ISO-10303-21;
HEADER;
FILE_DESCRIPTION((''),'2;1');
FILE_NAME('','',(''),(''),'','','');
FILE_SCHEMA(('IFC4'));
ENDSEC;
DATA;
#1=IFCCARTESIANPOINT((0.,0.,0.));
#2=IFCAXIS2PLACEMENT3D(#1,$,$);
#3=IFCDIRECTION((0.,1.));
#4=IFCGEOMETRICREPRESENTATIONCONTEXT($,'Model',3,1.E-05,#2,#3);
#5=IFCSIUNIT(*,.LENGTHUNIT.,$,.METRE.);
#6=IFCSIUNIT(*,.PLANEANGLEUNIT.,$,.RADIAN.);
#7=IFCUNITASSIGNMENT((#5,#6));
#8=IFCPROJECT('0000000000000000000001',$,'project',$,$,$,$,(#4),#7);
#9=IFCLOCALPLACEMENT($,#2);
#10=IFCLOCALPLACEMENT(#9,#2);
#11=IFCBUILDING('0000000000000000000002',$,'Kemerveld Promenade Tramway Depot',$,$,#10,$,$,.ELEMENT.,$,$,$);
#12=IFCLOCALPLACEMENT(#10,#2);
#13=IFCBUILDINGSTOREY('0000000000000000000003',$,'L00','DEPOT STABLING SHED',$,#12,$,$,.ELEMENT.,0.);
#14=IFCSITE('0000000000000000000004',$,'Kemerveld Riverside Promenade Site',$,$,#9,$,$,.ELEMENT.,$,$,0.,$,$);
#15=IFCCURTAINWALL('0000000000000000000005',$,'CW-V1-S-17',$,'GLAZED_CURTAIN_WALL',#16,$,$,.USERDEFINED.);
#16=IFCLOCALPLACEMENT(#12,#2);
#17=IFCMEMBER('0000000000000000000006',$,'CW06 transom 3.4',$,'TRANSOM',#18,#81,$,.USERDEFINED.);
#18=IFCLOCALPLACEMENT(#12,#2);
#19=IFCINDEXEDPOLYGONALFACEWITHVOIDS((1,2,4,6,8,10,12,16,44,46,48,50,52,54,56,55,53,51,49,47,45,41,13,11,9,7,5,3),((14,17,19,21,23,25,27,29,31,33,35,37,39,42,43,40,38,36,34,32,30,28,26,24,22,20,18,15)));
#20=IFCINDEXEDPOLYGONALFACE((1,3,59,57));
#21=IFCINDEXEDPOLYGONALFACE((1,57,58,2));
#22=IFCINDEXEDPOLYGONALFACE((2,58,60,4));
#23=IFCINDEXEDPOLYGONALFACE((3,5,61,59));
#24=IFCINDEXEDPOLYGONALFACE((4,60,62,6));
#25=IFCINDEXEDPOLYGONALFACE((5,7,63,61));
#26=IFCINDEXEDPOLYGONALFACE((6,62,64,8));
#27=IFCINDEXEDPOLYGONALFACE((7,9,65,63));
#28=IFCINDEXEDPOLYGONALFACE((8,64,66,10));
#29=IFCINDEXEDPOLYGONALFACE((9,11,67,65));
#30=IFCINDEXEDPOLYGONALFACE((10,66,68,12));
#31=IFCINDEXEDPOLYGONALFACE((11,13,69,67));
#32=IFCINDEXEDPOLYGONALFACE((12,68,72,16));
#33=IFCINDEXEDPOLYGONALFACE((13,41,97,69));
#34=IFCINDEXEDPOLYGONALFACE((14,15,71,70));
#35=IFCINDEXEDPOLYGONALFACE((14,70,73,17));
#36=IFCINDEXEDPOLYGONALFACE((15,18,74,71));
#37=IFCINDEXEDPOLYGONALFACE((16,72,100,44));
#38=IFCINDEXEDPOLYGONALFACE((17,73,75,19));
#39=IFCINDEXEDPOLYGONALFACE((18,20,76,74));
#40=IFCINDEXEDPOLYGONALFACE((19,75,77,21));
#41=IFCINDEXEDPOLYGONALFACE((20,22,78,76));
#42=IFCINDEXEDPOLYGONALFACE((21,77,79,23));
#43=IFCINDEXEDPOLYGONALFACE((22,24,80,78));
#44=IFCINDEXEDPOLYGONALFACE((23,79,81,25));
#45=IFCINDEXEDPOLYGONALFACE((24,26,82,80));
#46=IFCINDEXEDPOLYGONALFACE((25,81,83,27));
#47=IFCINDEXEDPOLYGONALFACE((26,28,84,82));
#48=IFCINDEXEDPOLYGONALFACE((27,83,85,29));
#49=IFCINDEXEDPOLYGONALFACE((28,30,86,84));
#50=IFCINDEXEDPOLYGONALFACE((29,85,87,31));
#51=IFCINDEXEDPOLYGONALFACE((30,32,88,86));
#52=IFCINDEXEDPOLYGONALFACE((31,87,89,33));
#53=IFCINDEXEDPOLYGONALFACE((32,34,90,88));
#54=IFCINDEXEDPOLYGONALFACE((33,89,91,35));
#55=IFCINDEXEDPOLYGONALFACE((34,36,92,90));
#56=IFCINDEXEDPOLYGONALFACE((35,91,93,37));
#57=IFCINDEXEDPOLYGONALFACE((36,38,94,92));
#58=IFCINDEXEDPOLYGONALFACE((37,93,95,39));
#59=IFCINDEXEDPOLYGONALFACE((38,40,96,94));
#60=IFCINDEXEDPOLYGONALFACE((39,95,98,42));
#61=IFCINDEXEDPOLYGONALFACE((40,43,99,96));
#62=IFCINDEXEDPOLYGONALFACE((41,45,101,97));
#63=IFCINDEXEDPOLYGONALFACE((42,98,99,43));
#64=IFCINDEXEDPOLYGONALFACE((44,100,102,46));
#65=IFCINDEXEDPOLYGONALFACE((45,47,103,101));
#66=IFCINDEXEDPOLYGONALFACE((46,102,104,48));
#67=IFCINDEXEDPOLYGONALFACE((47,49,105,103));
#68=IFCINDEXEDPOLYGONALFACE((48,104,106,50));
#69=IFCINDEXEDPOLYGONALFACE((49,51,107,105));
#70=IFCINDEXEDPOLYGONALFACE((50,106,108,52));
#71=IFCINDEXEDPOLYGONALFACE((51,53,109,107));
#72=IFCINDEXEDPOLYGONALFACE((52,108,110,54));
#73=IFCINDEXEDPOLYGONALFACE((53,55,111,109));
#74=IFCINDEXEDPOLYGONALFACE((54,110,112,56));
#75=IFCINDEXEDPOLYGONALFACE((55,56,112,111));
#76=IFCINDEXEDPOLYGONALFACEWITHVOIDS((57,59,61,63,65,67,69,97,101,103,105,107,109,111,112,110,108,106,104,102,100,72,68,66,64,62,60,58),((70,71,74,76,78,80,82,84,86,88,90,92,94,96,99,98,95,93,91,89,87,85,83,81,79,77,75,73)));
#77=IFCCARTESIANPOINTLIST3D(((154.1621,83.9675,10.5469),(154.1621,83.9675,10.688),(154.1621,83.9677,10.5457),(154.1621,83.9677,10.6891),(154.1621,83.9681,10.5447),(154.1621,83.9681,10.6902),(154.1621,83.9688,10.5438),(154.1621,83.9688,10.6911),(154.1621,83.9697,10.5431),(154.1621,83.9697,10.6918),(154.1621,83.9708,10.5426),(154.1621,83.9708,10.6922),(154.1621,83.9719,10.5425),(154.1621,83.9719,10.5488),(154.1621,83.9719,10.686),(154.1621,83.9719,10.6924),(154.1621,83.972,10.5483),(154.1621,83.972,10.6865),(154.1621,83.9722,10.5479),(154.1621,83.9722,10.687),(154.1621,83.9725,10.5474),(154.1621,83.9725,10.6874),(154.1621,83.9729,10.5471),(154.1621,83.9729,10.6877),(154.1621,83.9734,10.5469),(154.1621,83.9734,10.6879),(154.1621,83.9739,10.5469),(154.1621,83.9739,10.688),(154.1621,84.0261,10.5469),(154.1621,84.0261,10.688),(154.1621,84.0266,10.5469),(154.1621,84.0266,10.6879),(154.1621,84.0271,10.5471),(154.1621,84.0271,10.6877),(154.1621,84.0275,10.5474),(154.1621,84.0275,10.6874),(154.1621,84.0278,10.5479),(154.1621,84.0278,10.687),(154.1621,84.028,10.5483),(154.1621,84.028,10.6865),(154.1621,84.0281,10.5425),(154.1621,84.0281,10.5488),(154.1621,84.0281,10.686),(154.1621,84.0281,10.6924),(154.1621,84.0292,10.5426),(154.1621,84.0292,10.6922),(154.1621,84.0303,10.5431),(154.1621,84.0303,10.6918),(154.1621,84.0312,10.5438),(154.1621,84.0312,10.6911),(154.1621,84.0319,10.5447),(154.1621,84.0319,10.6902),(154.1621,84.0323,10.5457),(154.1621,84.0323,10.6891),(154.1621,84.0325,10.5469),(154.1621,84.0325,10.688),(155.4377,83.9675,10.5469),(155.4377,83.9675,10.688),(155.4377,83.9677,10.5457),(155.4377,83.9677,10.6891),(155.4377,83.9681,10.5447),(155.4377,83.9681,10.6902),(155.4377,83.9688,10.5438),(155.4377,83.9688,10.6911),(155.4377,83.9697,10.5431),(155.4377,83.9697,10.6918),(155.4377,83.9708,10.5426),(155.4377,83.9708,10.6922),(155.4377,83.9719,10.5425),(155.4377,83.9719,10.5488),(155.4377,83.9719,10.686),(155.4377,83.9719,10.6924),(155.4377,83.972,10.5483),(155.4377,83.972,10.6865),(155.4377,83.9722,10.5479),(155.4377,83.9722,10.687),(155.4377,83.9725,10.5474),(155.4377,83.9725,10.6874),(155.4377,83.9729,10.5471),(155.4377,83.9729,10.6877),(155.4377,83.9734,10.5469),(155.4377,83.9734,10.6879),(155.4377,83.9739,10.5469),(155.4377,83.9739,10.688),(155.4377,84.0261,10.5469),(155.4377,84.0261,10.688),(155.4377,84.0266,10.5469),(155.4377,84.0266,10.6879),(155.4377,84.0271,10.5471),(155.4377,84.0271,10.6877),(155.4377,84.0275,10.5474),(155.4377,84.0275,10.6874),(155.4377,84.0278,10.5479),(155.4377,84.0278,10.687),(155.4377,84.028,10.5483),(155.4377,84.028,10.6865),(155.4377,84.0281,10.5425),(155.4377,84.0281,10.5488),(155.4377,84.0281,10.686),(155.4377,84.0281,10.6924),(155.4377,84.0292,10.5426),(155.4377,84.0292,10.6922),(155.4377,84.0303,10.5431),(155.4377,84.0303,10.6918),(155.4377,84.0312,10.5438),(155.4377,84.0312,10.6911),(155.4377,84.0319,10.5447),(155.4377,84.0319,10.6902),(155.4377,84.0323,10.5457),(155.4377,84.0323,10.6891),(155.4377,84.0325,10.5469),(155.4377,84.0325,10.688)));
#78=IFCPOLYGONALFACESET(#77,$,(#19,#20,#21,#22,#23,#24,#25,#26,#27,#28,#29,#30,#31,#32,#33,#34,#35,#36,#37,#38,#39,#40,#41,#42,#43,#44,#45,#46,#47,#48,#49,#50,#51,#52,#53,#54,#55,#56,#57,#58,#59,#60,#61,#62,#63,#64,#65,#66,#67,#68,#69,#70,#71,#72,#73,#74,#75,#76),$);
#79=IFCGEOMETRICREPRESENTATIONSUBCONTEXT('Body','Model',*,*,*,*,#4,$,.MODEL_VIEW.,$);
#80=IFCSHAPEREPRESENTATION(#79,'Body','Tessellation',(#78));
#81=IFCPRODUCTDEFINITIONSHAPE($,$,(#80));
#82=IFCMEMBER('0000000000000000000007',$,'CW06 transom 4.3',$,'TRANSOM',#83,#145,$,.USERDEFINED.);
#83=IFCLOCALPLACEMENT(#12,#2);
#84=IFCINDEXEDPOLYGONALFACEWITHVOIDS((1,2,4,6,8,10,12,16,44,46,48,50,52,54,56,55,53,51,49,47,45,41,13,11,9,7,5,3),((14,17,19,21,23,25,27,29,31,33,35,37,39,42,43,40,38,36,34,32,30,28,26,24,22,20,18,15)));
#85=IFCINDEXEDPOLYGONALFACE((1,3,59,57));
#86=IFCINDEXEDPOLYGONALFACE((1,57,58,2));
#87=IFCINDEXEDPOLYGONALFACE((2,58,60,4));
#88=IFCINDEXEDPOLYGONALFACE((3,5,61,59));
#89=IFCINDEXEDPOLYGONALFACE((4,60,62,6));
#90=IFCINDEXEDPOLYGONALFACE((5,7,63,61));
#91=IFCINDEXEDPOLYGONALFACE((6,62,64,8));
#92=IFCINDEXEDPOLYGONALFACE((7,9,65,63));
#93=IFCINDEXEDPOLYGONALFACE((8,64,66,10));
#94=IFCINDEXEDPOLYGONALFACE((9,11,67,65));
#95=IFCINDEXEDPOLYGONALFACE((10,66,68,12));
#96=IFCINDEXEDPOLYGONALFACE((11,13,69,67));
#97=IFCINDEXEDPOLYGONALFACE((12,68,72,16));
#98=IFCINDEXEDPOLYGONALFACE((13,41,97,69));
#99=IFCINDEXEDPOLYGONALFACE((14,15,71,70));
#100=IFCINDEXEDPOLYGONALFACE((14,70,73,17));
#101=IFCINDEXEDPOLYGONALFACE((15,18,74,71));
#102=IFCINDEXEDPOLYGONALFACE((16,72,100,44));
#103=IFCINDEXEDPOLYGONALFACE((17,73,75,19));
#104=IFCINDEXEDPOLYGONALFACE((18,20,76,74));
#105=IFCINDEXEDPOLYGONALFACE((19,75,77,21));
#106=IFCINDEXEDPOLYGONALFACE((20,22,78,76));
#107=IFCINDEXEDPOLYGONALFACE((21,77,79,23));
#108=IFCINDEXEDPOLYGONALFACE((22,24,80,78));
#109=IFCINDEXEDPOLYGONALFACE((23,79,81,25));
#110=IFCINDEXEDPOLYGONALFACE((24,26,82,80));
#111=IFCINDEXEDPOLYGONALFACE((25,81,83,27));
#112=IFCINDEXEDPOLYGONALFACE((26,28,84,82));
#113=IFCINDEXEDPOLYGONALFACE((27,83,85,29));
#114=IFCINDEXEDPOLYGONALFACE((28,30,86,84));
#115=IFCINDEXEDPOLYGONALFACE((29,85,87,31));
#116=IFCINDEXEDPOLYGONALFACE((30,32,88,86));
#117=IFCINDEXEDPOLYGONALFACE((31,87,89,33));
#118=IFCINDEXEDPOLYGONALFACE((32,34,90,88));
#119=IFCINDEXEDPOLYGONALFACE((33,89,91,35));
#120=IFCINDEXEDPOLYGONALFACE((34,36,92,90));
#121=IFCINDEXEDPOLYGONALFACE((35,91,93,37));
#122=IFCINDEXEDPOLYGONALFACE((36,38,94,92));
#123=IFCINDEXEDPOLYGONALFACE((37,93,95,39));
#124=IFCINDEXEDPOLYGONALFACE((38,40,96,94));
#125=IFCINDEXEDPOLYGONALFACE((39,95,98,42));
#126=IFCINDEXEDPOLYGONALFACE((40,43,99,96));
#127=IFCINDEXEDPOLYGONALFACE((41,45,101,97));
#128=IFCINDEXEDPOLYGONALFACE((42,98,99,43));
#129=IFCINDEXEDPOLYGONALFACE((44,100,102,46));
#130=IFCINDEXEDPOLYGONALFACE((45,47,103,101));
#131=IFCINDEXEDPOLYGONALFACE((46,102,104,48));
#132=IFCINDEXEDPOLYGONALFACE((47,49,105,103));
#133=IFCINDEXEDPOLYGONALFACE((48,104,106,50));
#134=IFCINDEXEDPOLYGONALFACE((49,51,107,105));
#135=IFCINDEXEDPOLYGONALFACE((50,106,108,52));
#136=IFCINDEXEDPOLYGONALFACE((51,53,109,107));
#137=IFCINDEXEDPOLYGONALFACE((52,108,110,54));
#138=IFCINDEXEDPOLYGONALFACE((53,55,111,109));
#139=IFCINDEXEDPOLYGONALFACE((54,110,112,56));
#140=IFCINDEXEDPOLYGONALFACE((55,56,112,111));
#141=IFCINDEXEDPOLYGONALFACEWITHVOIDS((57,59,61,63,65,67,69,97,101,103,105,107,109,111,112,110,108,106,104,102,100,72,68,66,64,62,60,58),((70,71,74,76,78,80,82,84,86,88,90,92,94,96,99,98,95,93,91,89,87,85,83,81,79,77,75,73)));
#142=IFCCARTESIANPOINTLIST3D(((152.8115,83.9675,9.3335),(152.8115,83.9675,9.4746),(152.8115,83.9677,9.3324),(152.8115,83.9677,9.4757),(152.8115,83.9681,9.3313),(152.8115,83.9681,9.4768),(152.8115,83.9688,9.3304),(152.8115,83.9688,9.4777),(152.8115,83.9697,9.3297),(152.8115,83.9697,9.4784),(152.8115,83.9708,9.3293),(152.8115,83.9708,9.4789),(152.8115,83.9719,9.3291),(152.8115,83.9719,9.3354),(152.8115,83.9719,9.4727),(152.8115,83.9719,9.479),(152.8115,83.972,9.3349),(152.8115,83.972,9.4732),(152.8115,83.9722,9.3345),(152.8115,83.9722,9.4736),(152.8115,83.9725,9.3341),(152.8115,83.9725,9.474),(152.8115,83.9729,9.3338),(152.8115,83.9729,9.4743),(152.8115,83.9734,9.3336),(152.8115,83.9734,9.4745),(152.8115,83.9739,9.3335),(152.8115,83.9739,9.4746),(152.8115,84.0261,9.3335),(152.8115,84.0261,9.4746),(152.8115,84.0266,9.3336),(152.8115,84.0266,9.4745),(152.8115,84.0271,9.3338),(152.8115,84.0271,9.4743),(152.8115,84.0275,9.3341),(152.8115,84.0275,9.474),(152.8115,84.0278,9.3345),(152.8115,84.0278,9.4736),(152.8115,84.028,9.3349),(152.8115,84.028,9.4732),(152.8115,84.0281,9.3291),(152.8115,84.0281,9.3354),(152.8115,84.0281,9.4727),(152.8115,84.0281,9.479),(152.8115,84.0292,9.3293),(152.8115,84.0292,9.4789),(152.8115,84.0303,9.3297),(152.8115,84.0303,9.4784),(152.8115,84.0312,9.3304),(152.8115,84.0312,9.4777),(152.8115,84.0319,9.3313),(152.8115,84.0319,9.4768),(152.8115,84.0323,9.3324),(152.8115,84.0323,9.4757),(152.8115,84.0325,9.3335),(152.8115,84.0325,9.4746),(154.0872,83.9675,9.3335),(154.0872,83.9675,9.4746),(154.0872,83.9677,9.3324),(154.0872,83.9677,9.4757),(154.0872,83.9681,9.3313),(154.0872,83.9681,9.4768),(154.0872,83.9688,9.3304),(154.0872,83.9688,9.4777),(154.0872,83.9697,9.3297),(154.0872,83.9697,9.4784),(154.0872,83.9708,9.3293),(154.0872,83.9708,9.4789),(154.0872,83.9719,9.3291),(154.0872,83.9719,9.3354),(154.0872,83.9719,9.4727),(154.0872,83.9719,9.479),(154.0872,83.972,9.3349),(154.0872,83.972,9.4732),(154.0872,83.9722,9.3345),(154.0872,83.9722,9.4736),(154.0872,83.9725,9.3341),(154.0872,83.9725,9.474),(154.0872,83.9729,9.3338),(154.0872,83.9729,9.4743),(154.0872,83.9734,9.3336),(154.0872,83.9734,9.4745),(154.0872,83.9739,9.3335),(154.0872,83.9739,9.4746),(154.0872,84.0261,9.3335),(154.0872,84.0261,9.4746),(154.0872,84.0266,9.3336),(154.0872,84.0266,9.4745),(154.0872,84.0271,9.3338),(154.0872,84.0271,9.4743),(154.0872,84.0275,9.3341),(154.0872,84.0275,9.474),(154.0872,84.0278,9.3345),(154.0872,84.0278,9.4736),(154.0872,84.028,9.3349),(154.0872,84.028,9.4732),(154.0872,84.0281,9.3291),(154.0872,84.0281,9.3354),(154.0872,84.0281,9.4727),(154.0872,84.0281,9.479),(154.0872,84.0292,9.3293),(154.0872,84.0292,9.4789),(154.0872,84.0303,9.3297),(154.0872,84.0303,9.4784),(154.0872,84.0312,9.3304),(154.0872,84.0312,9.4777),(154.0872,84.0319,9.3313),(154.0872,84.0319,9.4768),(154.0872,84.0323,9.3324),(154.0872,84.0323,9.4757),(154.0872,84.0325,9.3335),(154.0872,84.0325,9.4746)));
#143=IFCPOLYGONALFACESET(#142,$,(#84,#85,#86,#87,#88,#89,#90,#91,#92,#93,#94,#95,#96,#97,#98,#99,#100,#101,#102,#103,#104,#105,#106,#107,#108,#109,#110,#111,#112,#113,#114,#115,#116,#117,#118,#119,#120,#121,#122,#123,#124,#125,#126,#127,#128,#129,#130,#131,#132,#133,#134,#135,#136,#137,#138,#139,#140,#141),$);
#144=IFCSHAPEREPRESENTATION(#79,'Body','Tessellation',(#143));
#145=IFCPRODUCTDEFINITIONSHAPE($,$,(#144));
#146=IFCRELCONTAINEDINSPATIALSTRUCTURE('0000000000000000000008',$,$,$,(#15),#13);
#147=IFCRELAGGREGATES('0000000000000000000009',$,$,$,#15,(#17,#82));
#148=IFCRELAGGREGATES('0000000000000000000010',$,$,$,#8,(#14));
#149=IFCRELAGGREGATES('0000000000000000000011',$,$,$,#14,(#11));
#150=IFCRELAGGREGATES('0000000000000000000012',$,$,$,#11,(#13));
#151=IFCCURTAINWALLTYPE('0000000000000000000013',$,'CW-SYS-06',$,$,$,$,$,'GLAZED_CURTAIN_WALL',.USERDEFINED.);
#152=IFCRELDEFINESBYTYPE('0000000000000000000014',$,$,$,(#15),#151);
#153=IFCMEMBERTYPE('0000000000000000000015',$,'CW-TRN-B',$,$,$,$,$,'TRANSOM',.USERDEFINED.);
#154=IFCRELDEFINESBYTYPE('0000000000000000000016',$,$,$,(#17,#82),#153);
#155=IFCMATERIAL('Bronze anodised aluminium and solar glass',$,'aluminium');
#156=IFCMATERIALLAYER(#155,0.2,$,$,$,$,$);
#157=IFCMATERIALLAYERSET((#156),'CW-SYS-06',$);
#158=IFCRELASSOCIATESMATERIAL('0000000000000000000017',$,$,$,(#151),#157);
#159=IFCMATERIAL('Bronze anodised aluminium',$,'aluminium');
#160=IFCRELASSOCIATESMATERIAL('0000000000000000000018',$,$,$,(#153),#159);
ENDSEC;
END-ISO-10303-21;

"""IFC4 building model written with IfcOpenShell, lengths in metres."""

from ifc_helpers import new_model, si_unit, direction, frame, origin, origin_2d, place, context, subcontext, project, spatial, hollow_rectangle, extrude, material, layer, layer_set, material_profile, profile_set, type_object, element, aggregate, save


model = new_model("IFC4")

# Units and contexts
model_context = context("Model", 3, precision=1e-05, world=origin(), true_north=direction((0.0, 1.0)))
body_context = subcontext(model_context, "Body", "Model", "MODEL_VIEW")
ifc_project = project(units=[si_unit("LENGTHUNIT", "METRE"), si_unit("PLANEANGLEUNIT", "RADIAN")], contexts=[model_context])

# Site, building, storey
site_placement = place(None, origin())
site = spatial("IfcSite", under=ifc_project, at=site_placement, Name="Kemerveld Riverside Promenade Site", CompositionType="ELEMENT", RefElevation=0.0)
building_placement = place(site_placement, origin())
building = spatial("IfcBuilding", under=site, at=building_placement, Name="Kemerveld Promenade Tramway Depot", CompositionType="ELEMENT")
storey_placement = place(building_placement, origin())
storey = spatial("IfcBuildingStorey", under=building, at=storey_placement, Name="L00", Description="DEPOT STABLING SHED", CompositionType="ELEMENT", Elevation=0.0)

# Curtain wall, members
ifc_material_1 = material(Name="Bronze anodised aluminium and solar glass", Category="aluminium")
ifc_material_2 = material(Name="Bronze anodised aluminium", Category="aluminium")
ifc_layer_1 = layer(ifc_material_1, 0.2)
ifc_layer_set_1 = layer_set([ifc_layer_1], Name="CW-SYS-06")
curtain_wall_type_1 = type_object("IfcCurtainWallType", Name="CW-SYS-06", ElementType="GLAZED_CURTAIN_WALL", PredefinedType="USERDEFINED", material=ifc_layer_set_1)
curtain_wall_1_placement = place(storey_placement, origin())
curtain_wall_1 = element("IfcCurtainWall", 1, at=curtain_wall_1_placement, inside=storey, type_object=curtain_wall_type_1, Name="CW-V1-S-17", ObjectType="GLAZED_CURTAIN_WALL", PredefinedType="USERDEFINED")
ifc_material_profile_1 = material_profile(ifc_material_2, hollow_rectangle(XDim=0.0649, YDim=0.1499, WallThickness=0.0044, InnerFilletRadius=0.002, OuterFilletRadius=0.0044, at=origin_2d()), Name="CW-TRN-150x65")
ifc_profile_set_1 = profile_set([ifc_material_profile_1], Name="Bronze anodised aluminium")
member_type_1 = type_object("IfcMemberType", Name="CW-TRN-B", ElementType="TRANSOM", PredefinedType="USERDEFINED", material=ifc_profile_set_1)
member_1_placement = place(storey_placement, frame((155.4377, 84.0, 10.6174), z_axis=(-1.0, 0.0, 0.0), x_axis=(0.0, -1.0, 0.0)))
member_1 = element("IfcMember", 2, at=member_1_placement, type_object=member_type_1, Name="CW06 transom 3.4", ObjectType="TRANSOM", PredefinedType="USERDEFINED", context=body_context, shape_type="SweptSolid", body=[
    extrude(hollow_rectangle(XDim=0.0649, YDim=0.1499, WallThickness=0.0044, InnerFilletRadius=0.002, OuterFilletRadius=0.0044, at=origin_2d()), origin(), (0.0, 0.0, 1.0), 1.2756),
])
member_2_placement = place(storey_placement, frame((154.0872, 84.0, 9.4041), z_axis=(-1.0, 0.0, 0.0), x_axis=(0.0, -1.0, 0.0)))
member_2 = element("IfcMember", 3, at=member_2_placement, type_object=member_type_1, Name="CW06 transom 4.3", ObjectType="TRANSOM", PredefinedType="USERDEFINED", context=body_context, shape_type="SweptSolid", body=[
    extrude(hollow_rectangle(XDim=0.0649, YDim=0.1499, WallThickness=0.0044, InnerFilletRadius=0.002, OuterFilletRadius=0.0044, at=origin_2d()), origin(), (0.0, 0.0, 1.0), 1.2756),
])

aggregate(curtain_wall_1, [member_1, member_2])

save(model, "model.ifc")
